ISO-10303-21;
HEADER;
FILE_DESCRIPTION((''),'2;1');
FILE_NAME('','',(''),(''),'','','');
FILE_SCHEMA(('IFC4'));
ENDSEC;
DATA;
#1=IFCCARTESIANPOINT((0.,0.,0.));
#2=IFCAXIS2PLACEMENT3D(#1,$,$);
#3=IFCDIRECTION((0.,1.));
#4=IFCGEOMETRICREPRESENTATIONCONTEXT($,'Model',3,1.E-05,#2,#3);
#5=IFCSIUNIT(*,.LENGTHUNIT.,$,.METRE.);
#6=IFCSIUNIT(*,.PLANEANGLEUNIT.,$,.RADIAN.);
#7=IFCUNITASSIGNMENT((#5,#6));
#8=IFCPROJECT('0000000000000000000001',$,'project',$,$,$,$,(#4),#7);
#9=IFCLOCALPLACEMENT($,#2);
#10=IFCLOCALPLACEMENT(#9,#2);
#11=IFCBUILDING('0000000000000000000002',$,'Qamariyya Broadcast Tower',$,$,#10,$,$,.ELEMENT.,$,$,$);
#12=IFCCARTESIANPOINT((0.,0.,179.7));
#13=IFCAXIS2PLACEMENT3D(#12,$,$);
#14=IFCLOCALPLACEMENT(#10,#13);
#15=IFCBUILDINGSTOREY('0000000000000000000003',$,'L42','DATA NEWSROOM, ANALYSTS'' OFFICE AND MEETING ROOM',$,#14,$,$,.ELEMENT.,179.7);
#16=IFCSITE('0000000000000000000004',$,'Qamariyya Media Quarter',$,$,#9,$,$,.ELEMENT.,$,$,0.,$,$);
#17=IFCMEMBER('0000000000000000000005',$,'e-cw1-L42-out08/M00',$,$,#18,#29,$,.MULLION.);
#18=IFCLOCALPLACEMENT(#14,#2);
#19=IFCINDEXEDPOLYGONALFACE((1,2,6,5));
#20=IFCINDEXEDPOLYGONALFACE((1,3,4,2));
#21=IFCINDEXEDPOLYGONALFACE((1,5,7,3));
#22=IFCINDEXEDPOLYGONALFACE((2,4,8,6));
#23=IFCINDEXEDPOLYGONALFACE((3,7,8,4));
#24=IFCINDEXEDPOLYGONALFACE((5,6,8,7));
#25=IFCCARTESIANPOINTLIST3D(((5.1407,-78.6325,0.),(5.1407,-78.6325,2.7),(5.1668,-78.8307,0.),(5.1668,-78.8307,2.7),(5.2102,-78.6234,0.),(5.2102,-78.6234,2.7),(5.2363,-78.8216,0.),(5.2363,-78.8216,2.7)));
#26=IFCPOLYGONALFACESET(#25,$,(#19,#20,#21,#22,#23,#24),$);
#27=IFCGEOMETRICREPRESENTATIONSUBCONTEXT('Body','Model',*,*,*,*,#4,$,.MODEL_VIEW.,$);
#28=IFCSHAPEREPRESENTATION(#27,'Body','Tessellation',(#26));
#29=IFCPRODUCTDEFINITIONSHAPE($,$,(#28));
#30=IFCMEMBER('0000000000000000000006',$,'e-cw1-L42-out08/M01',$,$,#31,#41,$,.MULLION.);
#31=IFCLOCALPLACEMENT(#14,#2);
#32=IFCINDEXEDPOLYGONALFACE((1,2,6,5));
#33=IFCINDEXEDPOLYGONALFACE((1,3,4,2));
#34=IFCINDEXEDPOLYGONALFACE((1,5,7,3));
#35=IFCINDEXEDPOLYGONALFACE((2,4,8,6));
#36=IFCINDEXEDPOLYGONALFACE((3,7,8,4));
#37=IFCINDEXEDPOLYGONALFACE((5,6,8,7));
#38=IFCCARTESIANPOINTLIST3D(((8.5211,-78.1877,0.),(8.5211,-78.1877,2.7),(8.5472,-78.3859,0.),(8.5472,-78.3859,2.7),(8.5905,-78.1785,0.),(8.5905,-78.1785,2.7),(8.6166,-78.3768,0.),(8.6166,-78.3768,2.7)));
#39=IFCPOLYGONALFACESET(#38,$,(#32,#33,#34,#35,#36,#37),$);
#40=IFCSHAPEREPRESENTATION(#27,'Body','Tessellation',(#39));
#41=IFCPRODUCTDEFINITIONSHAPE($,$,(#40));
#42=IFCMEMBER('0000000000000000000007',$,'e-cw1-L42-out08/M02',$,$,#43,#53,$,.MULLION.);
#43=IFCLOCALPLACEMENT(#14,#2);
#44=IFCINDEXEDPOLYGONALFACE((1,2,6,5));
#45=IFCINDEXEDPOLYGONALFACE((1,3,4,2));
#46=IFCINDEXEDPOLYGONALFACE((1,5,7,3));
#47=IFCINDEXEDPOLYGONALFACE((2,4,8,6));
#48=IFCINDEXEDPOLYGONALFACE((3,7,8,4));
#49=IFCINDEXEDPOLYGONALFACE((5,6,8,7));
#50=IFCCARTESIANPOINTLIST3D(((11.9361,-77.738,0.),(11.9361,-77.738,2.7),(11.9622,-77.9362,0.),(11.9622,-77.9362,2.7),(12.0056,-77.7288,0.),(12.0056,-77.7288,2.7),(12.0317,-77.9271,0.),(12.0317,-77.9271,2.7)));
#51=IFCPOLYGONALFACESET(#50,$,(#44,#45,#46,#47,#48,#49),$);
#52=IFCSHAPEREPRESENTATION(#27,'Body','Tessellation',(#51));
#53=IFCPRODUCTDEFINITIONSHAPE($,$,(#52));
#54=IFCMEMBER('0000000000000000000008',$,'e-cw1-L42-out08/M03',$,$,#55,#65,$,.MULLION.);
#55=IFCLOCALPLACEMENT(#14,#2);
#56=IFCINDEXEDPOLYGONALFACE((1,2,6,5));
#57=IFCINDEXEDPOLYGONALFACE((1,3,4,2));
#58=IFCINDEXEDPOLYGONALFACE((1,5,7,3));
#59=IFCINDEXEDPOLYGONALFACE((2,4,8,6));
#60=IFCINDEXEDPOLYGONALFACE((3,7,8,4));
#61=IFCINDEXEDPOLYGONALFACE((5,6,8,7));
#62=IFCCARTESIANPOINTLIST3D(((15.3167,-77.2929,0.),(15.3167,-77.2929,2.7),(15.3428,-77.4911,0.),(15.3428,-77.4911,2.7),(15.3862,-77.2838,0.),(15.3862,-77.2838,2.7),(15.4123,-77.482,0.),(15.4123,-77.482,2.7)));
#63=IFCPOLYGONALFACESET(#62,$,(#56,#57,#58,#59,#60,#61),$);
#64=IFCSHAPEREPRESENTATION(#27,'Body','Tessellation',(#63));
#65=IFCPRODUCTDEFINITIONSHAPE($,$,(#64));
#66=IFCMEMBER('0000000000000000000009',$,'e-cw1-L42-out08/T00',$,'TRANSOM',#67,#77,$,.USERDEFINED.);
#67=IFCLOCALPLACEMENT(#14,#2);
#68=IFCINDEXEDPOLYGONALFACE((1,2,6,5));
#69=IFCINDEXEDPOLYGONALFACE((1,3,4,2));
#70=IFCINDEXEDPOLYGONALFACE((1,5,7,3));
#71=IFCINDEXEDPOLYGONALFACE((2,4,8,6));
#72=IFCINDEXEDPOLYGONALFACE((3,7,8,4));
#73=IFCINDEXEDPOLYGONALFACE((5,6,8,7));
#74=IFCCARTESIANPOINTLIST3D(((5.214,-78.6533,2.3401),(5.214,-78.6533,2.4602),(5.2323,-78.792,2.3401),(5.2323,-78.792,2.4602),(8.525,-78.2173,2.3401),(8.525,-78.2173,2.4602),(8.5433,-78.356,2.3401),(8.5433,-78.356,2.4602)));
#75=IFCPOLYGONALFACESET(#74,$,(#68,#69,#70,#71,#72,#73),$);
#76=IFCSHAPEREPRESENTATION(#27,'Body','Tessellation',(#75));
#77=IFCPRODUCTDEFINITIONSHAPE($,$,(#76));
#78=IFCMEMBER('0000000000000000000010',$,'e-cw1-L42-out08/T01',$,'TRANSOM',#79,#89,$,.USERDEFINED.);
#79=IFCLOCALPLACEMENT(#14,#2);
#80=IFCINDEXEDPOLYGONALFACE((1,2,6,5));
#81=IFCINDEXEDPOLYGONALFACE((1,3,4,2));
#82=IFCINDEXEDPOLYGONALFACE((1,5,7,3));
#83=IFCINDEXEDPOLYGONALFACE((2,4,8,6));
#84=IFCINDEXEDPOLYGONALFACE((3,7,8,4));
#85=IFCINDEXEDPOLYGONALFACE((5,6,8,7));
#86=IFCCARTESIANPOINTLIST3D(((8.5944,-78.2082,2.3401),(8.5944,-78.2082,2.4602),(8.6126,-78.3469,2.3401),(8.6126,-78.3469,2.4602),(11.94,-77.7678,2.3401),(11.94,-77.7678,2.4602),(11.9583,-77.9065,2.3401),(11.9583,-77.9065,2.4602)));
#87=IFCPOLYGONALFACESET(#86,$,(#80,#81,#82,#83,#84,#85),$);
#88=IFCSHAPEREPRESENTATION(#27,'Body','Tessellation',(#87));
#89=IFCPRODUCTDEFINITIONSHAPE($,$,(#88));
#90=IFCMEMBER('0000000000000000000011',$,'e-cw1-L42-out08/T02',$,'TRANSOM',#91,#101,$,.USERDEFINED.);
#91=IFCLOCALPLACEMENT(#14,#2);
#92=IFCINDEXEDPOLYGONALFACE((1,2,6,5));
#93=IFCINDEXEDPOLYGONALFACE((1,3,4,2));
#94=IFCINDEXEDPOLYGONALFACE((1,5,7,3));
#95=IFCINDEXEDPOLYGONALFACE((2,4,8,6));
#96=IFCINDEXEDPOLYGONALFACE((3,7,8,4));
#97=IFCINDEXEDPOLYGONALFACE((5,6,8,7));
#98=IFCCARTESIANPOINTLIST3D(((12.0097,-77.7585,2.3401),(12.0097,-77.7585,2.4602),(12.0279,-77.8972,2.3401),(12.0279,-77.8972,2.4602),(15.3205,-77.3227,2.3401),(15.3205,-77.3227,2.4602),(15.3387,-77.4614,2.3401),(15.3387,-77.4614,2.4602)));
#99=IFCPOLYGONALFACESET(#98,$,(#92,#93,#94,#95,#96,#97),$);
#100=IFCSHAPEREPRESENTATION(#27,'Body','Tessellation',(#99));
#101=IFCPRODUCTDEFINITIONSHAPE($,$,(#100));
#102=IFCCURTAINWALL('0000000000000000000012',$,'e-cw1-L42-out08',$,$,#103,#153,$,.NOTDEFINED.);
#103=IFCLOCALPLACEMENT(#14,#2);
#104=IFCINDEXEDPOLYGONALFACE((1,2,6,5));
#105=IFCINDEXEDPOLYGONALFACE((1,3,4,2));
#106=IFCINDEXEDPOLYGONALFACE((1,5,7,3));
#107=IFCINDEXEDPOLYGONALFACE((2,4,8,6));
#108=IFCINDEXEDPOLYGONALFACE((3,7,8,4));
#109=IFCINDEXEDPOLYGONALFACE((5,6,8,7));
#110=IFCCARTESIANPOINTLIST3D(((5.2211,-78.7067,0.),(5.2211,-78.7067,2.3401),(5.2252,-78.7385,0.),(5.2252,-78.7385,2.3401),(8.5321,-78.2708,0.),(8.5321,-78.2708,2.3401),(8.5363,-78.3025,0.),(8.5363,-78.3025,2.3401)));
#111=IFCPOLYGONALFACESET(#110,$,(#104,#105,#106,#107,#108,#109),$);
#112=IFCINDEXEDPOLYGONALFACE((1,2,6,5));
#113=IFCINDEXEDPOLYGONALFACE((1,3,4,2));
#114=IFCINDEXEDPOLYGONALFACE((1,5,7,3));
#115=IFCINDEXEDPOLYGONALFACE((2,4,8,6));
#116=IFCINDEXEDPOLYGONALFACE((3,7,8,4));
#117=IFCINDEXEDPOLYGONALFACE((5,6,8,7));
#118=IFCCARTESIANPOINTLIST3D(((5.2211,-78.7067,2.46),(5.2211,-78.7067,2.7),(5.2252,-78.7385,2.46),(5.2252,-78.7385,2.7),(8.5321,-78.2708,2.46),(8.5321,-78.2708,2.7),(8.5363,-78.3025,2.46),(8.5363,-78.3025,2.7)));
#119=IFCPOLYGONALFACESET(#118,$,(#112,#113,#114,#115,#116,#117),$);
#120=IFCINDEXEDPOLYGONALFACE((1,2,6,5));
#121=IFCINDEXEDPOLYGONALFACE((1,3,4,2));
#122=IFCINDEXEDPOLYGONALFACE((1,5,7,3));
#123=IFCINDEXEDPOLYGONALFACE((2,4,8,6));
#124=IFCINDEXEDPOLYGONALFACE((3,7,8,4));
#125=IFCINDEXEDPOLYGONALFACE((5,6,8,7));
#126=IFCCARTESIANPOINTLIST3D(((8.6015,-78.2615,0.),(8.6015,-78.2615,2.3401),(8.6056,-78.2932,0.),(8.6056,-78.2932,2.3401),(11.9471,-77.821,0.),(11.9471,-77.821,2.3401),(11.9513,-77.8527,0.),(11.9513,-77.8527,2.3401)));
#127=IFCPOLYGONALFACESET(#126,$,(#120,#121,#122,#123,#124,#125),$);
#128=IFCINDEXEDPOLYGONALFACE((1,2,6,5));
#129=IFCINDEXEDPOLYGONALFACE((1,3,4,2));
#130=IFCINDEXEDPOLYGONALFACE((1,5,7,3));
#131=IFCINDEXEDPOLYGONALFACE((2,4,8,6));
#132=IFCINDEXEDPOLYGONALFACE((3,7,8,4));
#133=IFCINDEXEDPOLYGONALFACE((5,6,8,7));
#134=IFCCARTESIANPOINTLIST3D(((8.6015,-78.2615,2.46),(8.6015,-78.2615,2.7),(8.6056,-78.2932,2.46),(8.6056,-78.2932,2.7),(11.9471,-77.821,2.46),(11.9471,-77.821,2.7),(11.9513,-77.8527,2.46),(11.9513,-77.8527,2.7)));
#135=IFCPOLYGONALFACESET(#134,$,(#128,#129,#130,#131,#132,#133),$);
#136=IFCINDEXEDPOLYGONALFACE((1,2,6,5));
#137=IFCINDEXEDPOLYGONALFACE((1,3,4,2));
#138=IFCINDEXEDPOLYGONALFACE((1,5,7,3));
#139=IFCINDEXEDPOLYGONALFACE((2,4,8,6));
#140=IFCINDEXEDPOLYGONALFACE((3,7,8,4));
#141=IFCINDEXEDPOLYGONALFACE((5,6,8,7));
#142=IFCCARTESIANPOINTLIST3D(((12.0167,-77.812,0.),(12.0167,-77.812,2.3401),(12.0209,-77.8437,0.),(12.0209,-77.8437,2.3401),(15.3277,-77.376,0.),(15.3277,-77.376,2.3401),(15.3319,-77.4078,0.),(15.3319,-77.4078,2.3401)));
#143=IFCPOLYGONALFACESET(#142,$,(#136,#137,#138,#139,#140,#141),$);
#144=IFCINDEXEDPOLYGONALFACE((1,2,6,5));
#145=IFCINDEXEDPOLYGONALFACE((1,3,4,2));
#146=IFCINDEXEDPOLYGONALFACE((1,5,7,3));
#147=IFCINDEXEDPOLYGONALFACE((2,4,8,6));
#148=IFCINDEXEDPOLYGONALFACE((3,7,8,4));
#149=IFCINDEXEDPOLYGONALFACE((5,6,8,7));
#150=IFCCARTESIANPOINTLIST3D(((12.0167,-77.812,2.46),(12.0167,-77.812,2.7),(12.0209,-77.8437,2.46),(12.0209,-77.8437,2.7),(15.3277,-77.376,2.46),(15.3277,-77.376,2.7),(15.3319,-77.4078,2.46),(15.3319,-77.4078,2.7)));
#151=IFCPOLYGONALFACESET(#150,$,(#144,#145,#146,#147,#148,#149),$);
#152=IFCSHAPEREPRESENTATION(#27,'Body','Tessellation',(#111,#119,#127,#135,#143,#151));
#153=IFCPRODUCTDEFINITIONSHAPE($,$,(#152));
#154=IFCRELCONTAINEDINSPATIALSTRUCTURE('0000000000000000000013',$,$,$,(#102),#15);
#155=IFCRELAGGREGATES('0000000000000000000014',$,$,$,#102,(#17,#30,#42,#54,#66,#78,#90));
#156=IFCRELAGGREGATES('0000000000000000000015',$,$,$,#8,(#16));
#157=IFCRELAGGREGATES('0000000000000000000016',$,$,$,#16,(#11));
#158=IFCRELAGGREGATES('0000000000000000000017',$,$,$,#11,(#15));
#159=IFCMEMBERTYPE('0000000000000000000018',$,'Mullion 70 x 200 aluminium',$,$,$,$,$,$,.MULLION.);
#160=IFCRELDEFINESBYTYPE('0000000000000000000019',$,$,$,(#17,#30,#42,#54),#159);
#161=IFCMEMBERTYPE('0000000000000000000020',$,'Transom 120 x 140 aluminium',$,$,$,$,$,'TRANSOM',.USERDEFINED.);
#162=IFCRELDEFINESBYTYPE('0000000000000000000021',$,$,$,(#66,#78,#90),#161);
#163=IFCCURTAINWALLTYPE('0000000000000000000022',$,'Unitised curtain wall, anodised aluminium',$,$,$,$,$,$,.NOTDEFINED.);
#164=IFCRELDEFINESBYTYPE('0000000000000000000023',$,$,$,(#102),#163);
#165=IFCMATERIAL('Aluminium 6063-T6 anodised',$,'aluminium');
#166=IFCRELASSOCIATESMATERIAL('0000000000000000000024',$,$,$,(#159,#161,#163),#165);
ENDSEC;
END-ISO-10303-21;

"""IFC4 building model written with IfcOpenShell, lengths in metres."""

from ifc_helpers import new_model, si_unit, direction, frame, origin, origin_2d, place, context, subcontext, project, spatial, rectangle, extrude, material, material_profile, profile_set, type_object, element, aggregate, save


model = new_model("IFC4")

# Units and contexts
model_context = context("Model", 3, precision=1e-05, world=origin(), true_north=direction((0.0, 1.0)))
body_context = subcontext(model_context, "Body", "Model", "MODEL_VIEW")
ifc_project = project(units=[si_unit("LENGTHUNIT", "METRE"), si_unit("PLANEANGLEUNIT", "RADIAN")], contexts=[model_context])

# Members
ifc_material = material(Name="Aluminium 6063-T6 anodised", Category="aluminium")
ifc_material_profile_1 = material_profile(ifc_material, rectangle(XDim=0.2, YDim=0.0701, at=origin_2d()))
ifc_profile_set_1 = profile_set([ifc_material_profile_1], Name="Aluminium 6063-T6 anodised")
member_type_1 = type_object("IfcMemberType", Name="Mullion 70 x 200 aluminium", PredefinedType="MULLION", material=ifc_profile_set_1)
site_placement = place(None, origin())
building_placement = place(site_placement, origin())
storey_placement = place(building_placement, frame((0.0, 0.0, 179.7)))
member_1_placement = place(storey_placement, frame((5.1885, -78.7271, 0.0), z_axis=(0.0, 0.0, 1.0), x_axis=(-0.130526, 0.991445, 0.0)))
member_1 = element("IfcMember", 1, at=member_1_placement, type_object=member_type_1, Name="e-cw1-L42-out08/M00", PredefinedType="MULLION", context=body_context, shape_type="SweptSolid", body=[
    extrude(rectangle(XDim=0.2, YDim=0.0701, at=origin_2d()), origin(), (0.0, 0.0, 1.0), 2.7),
])
member_2_placement = place(storey_placement, frame((8.5688, -78.2822, 0.0), z_axis=(0.0, 0.0, 1.0), x_axis=(-0.130526, 0.991445, 0.0)))
member_2 = element("IfcMember", 2, at=member_2_placement, type_object=member_type_1, Name="e-cw1-L42-out08/M01", PredefinedType="MULLION", context=body_context, shape_type="SweptSolid", body=[
    extrude(rectangle(XDim=0.2, YDim=0.0701, at=origin_2d()), origin(), (0.0, 0.0, 1.0), 2.7),
])
member_3_placement = place(storey_placement, frame((11.9839, -77.8325, 0.0), z_axis=(0.0, 0.0, 1.0), x_axis=(-0.130526, 0.991445, 0.0)))
member_3 = element("IfcMember", 3, at=member_3_placement, type_object=member_type_1, Name="e-cw1-L42-out08/M02", PredefinedType="MULLION", context=body_context, shape_type="SweptSolid", body=[
    extrude(rectangle(XDim=0.2, YDim=0.0701, at=origin_2d()), origin(), (0.0, 0.0, 1.0), 2.7),
])
member_4_placement = place(storey_placement, frame((15.3645, -77.3875, 0.0), z_axis=(0.0, 0.0, 1.0), x_axis=(-0.130526, 0.991445, 0.0)))
member_4 = element("IfcMember", 4, at=member_4_placement, type_object=member_type_1, Name="e-cw1-L42-out08/M03", PredefinedType="MULLION", context=body_context, shape_type="SweptSolid", body=[
    extrude(rectangle(XDim=0.2, YDim=0.0701, at=origin_2d()), origin(), (0.0, 0.0, 1.0), 2.7),
])
ifc_material_profile_2 = material_profile(ifc_material, rectangle(XDim=0.1399, YDim=0.1201, at=origin_2d()))
ifc_profile_set_2 = profile_set([ifc_material_profile_2], Name="Aluminium 6063-T6 anodised")
member_type_2 = type_object("IfcMemberType", Name="Transom 120 x 140 aluminium", ElementType="TRANSOM", PredefinedType="USERDEFINED", material=ifc_profile_set_2)
member_5_placement = place(storey_placement, frame((5.2231, -78.7227, 2.4001), z_axis=(0.99144, 0.130564, 0.0), x_axis=(-0.130564, 0.99144, 0.0)))
member_5 = element("IfcMember", 5, at=member_5_placement, type_object=member_type_2, Name="e-cw1-L42-out08/T00", ObjectType="TRANSOM", PredefinedType="USERDEFINED", context=body_context, shape_type="SweptSolid", body=[
    extrude(rectangle(XDim=0.1399, YDim=0.1201, at=origin_2d()), origin(), (0.0, 0.0, 1.0), 3.3396),
])
member_6_placement = place(storey_placement, frame((8.6035, -78.2776, 2.4001), z_axis=(0.991446, 0.130514, 0.0), x_axis=(-0.130514, 0.991446, 0.0)))
member_6 = element("IfcMember", 6, at=member_6_placement, type_object=member_type_2, Name="e-cw1-L42-out08/T01", ObjectType="TRANSOM", PredefinedType="USERDEFINED", context=body_context, shape_type="SweptSolid", body=[
    extrude(rectangle(XDim=0.1399, YDim=0.1201, at=origin_2d()), origin(), (0.0, 0.0, 1.0), 3.3745),
])
member_7_placement = place(storey_placement, frame((12.0188, -77.8279, 2.4001), z_axis=(0.991448, 0.130502, 0.0), x_axis=(-0.130502, 0.991448, 0.0)))
member_7 = element("IfcMember", 7, at=member_7_placement, type_object=member_type_2, Name="e-cw1-L42-out08/T02", ObjectType="TRANSOM", PredefinedType="USERDEFINED", context=body_context, shape_type="SweptSolid", body=[
    extrude(rectangle(XDim=0.1399, YDim=0.1201, at=origin_2d()), origin(), (0.0, 0.0, 1.0), 3.3394),
])

# Site, building, storey
site = spatial("IfcSite", under=ifc_project, at=site_placement, Name="Qamariyya Media Quarter", CompositionType="ELEMENT", RefElevation=0.0)
building = spatial("IfcBuilding", under=site, at=building_placement, Name="Qamariyya Broadcast Tower", CompositionType="ELEMENT")
storey = spatial("IfcBuildingStorey", under=building, at=storey_placement, Name="L42", Description="DATA NEWSROOM, ANALYSTS' OFFICE AND MEETING ROOM", CompositionType="ELEMENT", Elevation=179.7)

# Curtain wall
curtain_wall_type = type_object("IfcCurtainWallType", Name="Unitised curtain wall, anodised aluminium", PredefinedType="NOTDEFINED", material=ifc_material)
curtain_wall_1_placement = place(storey_placement, origin())
curtain_wall_1 = element("IfcCurtainWall", 8, at=curtain_wall_1_placement, inside=storey, type_object=curtain_wall_type, Name="e-cw1-L42-out08", PredefinedType="NOTDEFINED", context=body_context, shape_type="SweptSolid", body=[
    extrude(rectangle(XDim=3.3396, YDim=0.032, at=origin_2d()), frame((6.8787, -78.5046, 0.0), x_axis=(0.991444, 0.130531, 0.0)), (0.0, 0.0, 1.0), 2.3401),
    extrude(rectangle(XDim=3.3396, YDim=0.032, at=origin_2d()), frame((6.8787, -78.5046, 2.46), x_axis=(0.991444, 0.130531, 0.0)), (0.0, 0.0, 1.0), 0.24),
    extrude(rectangle(XDim=3.3745, YDim=0.032, at=origin_2d()), frame((10.2764, -78.0571, 0.0), x_axis=(0.991444, 0.130531, 0.0)), (0.0, 0.0, 1.0), 2.3401),
    extrude(rectangle(XDim=3.3745, YDim=0.032, at=origin_2d()), frame((10.2764, -78.0571, 2.46), x_axis=(0.991444, 0.130531, 0.0)), (0.0, 0.0, 1.0), 0.24),
    extrude(rectangle(XDim=3.3396, YDim=0.032, at=origin_2d()), frame((13.6743, -77.6099, 0.0), x_axis=(0.991444, 0.130531, 0.0)), (0.0, 0.0, 1.0), 2.3401),
    extrude(rectangle(XDim=3.3396, YDim=0.032, at=origin_2d()), frame((13.6743, -77.6099, 2.46), x_axis=(0.991444, 0.130531, 0.0)), (0.0, 0.0, 1.0), 0.24),
])
aggregate(curtain_wall_1, [member_1, member_2, member_3, member_4, member_5, member_6, member_7])

save(model, "model.ifc")
